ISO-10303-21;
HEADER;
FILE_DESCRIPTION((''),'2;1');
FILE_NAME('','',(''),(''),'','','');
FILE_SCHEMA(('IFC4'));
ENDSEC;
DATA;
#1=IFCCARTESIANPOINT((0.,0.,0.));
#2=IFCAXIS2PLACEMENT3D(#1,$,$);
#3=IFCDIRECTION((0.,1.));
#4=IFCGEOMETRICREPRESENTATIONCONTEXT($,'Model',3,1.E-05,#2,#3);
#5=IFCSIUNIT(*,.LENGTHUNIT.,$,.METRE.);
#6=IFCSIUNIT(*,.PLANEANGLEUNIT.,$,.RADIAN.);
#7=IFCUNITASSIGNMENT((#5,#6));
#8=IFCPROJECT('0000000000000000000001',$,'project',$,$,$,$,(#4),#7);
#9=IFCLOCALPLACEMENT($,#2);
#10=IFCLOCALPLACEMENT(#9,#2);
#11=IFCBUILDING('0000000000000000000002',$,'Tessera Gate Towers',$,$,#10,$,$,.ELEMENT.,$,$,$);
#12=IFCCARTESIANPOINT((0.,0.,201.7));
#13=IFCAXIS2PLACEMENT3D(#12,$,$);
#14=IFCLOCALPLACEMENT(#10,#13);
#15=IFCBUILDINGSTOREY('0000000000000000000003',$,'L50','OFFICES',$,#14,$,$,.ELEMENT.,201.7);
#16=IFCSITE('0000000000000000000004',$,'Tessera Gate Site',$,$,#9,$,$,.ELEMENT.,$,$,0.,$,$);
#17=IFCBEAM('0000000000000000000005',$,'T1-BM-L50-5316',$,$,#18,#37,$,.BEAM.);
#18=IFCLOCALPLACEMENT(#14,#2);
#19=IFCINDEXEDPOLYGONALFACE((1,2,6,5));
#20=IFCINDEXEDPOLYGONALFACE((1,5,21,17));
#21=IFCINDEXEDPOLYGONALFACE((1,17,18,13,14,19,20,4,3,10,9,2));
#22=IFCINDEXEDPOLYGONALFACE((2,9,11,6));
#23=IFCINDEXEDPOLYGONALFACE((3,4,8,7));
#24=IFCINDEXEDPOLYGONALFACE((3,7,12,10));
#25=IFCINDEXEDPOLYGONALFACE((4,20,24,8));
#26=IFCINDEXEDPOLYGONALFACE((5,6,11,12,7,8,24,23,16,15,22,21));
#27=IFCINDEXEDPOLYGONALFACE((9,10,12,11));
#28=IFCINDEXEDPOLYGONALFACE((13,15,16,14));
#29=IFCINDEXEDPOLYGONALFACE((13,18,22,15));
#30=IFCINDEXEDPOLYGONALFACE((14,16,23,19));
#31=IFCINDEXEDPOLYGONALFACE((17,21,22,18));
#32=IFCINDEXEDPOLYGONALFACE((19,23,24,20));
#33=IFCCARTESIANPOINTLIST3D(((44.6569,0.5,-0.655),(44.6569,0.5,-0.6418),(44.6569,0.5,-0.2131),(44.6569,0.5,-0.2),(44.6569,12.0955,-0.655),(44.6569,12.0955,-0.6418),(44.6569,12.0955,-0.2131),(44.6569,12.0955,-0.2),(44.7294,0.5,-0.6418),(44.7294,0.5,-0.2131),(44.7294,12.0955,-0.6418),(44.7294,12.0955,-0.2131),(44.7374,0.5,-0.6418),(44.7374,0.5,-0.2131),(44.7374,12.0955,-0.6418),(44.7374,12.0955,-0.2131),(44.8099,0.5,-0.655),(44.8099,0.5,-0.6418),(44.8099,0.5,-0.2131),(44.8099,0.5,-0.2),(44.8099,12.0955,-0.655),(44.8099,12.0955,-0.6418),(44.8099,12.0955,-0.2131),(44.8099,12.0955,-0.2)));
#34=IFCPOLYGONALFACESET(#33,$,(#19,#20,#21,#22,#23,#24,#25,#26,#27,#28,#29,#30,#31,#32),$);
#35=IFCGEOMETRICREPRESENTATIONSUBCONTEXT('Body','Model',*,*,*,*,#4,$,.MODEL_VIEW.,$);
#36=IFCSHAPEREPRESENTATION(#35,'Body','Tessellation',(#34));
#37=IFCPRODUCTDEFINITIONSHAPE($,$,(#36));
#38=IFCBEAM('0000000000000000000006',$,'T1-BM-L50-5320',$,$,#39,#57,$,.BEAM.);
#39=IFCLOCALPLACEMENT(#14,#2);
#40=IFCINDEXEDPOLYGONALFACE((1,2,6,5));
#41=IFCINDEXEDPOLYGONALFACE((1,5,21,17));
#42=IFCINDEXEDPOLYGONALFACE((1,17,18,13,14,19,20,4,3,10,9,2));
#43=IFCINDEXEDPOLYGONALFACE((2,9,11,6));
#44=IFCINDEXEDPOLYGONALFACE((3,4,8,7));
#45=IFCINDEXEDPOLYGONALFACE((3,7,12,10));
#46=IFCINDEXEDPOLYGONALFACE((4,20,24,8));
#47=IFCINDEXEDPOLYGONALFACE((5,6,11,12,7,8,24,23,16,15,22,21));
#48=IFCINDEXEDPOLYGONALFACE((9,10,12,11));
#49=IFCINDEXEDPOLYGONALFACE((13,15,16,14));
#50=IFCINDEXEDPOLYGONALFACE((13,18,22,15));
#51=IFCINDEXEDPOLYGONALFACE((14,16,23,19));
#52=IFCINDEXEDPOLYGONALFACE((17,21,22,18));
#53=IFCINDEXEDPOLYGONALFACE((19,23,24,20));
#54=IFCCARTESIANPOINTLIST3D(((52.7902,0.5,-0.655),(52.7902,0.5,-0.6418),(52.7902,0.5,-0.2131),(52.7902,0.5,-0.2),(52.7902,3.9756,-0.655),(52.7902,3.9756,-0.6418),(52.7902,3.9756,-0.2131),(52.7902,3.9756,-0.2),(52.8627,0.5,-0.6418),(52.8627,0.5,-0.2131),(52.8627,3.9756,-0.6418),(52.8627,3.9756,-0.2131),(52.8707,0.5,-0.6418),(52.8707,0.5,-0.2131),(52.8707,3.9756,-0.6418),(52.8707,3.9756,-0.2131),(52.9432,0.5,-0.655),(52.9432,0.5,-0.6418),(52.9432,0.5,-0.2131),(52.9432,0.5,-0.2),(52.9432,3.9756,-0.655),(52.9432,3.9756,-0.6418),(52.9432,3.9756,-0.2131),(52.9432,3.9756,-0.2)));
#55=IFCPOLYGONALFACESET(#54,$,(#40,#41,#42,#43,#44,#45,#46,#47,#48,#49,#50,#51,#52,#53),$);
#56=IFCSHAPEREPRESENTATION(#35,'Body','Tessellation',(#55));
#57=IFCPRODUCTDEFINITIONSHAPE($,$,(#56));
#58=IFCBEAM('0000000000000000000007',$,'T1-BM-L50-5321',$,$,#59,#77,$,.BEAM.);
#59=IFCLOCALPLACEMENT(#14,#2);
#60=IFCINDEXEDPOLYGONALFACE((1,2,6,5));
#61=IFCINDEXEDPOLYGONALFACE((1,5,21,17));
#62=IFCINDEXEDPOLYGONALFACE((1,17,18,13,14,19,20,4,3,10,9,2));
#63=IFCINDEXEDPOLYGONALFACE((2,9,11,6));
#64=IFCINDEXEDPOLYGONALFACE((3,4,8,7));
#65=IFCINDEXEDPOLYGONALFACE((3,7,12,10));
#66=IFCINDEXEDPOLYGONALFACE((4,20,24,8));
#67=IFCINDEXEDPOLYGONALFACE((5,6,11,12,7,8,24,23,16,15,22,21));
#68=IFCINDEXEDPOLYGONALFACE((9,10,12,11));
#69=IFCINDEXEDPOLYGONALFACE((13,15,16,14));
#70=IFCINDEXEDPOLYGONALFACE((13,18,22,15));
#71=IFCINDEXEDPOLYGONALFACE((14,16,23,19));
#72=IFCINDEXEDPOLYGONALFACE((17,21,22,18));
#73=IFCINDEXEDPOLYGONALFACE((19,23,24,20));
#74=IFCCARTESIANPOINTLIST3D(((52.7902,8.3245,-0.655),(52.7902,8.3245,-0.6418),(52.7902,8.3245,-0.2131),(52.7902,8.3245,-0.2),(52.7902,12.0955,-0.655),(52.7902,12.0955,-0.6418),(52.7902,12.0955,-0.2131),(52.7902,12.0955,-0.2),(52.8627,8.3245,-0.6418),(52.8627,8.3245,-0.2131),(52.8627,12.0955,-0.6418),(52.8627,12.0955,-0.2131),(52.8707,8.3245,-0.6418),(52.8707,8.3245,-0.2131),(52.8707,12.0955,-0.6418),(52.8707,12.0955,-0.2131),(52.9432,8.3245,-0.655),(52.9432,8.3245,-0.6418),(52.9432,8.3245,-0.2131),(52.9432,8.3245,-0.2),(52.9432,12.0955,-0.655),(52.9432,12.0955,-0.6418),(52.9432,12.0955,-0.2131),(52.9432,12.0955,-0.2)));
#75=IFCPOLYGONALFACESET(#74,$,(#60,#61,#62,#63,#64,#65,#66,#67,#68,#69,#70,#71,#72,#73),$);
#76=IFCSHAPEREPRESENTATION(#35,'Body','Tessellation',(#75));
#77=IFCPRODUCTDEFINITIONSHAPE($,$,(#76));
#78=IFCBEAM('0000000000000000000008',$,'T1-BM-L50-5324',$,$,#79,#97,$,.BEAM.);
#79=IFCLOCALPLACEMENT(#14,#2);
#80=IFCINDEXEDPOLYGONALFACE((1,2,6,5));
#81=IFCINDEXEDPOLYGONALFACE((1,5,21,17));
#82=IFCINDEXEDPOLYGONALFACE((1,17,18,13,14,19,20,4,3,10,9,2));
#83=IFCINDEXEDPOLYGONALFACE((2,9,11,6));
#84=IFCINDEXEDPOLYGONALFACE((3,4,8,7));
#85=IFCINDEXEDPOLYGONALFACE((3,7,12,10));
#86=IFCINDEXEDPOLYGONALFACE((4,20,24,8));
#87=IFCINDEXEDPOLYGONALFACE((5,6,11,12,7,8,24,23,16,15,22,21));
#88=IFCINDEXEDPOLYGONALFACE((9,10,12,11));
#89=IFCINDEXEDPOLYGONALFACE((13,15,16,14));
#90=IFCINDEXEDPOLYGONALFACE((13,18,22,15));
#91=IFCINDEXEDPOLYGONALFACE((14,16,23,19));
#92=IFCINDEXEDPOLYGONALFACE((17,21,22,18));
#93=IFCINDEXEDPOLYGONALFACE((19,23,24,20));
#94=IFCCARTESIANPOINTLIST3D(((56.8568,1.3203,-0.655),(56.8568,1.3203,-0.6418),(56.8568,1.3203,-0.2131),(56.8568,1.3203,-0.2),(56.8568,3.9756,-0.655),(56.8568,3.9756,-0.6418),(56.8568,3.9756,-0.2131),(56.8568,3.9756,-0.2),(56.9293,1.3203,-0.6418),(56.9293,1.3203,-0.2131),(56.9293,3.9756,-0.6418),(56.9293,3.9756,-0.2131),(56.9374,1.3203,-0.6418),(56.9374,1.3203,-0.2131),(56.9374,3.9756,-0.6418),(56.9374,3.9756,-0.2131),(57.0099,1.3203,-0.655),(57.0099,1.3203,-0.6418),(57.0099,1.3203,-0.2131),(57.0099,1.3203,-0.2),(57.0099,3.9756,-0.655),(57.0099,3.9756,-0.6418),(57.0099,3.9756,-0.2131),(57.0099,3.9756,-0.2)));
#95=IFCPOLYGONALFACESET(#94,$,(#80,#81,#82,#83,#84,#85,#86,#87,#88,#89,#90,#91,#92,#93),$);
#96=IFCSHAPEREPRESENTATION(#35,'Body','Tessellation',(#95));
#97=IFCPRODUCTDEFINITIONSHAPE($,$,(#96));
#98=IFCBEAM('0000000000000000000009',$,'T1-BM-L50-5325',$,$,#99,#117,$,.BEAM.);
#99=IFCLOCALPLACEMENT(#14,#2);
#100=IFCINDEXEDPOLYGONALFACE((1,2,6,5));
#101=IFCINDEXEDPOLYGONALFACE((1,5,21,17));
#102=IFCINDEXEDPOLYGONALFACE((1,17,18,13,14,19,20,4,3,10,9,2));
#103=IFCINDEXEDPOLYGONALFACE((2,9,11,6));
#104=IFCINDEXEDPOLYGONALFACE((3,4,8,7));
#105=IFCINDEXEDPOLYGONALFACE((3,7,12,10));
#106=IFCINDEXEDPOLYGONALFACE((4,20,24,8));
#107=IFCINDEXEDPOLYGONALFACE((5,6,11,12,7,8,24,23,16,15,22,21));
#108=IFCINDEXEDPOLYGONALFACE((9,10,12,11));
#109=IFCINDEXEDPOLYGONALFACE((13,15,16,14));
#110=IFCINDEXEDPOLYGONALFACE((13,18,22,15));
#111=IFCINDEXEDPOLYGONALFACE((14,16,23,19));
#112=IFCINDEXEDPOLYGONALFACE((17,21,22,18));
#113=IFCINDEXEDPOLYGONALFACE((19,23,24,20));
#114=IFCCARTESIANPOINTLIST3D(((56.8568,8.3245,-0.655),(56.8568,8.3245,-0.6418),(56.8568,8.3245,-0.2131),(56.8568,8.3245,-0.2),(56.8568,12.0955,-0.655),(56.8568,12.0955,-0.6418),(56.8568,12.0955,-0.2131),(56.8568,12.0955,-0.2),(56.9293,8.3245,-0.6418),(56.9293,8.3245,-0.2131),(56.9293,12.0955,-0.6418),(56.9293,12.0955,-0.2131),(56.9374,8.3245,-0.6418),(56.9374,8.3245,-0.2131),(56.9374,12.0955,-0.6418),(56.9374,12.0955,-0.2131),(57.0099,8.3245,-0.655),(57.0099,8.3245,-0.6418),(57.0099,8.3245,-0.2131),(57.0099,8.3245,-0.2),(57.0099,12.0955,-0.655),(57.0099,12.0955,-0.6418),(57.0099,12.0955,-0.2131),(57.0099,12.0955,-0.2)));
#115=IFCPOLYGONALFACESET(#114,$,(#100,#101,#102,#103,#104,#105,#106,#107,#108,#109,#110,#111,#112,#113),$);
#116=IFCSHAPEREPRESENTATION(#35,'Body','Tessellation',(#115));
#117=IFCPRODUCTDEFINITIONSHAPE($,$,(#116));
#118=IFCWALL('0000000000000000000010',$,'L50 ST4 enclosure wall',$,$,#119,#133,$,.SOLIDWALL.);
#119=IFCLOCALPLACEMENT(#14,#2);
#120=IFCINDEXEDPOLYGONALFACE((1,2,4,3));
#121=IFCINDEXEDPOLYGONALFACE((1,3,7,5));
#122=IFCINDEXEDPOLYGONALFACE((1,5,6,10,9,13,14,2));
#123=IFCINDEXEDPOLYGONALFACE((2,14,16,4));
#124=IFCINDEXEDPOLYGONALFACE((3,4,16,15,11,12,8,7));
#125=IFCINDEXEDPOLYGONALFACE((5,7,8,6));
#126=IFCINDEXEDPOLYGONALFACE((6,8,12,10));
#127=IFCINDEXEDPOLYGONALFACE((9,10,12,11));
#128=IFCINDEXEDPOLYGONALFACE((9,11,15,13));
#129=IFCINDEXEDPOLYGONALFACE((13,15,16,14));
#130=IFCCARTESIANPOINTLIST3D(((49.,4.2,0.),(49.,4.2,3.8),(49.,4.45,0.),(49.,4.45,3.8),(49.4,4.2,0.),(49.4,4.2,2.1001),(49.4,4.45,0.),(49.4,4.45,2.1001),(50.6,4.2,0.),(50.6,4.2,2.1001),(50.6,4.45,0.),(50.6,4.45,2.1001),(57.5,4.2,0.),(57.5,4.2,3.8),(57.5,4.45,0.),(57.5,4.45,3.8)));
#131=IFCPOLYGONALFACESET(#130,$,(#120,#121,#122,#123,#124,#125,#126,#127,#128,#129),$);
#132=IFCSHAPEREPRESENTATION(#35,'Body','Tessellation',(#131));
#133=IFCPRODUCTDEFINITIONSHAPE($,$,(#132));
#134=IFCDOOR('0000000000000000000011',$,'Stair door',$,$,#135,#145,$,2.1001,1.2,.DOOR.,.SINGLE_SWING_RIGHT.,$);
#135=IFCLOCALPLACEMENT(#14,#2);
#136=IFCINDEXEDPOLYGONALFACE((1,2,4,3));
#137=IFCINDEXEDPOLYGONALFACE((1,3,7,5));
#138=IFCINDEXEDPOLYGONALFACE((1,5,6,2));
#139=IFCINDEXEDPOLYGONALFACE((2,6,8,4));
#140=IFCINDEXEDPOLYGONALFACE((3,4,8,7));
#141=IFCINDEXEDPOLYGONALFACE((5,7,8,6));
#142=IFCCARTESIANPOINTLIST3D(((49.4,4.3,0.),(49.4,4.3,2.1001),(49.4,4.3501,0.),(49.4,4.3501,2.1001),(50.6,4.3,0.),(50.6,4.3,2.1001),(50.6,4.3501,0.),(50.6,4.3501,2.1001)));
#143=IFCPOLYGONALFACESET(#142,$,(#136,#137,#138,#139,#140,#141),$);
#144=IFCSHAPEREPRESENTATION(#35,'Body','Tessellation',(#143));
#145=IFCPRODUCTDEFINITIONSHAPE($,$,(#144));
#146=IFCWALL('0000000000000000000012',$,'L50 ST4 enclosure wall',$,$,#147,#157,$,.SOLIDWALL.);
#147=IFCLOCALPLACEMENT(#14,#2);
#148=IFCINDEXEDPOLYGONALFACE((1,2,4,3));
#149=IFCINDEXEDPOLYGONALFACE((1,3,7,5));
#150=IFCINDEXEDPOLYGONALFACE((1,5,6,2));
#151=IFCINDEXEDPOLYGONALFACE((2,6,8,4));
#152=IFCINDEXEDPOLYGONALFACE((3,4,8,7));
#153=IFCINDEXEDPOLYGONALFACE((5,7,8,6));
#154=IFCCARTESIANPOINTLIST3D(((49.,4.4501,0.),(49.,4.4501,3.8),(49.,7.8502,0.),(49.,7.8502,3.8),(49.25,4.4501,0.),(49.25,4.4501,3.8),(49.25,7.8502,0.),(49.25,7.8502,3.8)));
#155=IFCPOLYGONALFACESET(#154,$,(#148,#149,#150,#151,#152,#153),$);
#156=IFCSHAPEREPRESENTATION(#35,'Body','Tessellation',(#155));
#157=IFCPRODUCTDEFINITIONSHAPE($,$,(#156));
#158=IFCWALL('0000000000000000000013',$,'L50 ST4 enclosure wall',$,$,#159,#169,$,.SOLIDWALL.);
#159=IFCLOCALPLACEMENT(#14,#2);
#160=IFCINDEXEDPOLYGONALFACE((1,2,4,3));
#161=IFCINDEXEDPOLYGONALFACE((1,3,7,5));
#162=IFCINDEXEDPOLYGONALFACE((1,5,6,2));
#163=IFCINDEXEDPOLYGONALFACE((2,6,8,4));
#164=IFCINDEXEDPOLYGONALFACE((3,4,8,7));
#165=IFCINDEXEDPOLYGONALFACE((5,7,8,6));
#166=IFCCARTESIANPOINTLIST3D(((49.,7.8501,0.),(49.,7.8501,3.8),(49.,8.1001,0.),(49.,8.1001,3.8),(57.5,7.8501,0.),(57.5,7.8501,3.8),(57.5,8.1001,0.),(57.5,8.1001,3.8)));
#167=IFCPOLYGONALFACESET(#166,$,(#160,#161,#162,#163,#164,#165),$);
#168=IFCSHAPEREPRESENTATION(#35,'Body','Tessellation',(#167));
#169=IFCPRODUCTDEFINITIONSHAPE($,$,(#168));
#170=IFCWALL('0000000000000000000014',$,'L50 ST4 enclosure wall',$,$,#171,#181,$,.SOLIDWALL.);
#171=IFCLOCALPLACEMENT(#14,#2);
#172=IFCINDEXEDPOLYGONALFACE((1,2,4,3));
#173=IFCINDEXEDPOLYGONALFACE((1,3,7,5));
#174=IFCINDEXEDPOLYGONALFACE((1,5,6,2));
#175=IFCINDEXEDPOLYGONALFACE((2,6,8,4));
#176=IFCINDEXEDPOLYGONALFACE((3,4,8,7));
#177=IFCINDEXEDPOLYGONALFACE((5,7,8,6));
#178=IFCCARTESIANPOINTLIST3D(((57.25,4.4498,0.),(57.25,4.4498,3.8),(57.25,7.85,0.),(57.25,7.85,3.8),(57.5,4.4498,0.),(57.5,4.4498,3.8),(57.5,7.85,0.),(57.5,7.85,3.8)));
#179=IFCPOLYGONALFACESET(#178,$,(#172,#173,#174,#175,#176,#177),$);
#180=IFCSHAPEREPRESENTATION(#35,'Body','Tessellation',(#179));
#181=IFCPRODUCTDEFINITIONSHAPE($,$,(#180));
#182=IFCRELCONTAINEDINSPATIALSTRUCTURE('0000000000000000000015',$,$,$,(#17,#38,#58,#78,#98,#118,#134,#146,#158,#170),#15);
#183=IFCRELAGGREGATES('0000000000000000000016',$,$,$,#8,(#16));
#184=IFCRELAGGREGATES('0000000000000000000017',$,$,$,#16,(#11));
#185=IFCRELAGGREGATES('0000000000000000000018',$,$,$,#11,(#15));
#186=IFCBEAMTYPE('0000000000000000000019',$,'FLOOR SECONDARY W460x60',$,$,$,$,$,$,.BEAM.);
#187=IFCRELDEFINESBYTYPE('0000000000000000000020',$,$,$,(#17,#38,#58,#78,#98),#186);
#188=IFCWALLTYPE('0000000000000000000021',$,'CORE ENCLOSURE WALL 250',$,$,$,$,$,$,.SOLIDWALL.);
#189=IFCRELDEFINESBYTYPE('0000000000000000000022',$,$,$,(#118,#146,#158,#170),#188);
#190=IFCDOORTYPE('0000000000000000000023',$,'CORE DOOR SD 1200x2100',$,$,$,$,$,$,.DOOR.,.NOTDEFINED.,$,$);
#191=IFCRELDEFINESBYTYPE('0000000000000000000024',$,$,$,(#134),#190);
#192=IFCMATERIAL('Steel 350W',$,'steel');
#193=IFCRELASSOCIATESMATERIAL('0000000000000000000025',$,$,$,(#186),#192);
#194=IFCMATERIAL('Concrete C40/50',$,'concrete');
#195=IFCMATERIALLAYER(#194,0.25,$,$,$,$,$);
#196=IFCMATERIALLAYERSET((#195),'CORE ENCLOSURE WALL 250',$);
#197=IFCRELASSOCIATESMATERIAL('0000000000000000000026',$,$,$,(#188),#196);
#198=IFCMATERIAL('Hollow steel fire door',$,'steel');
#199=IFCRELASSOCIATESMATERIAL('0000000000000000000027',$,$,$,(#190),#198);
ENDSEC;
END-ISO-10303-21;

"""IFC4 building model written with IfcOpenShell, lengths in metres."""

from ifc_helpers import new_model, si_unit, direction, frame, frame_2d, origin, origin_2d, place, context, subcontext, project, spatial, rectangle, i_section, extrude, source, transform, mapped, material, layer, layer_set, material_profile, profile_set, type_object, element, fill, save


model = new_model("IFC4")

# Units and contexts
model_context = context("Model", 3, precision=1e-05, world=origin(), true_north=direction((0.0, 1.0)))
body_context = subcontext(model_context, "Body", "Model", "MODEL_VIEW")
ifc_project = project(units=[si_unit("LENGTHUNIT", "METRE"), si_unit("PLANEANGLEUNIT", "RADIAN")], contexts=[model_context])

# Site, building, storey
site_placement = place(None, origin())
site = spatial("IfcSite", under=ifc_project, at=site_placement, Name="Tessera Gate Site", CompositionType="ELEMENT", RefElevation=0.0)
building_placement = place(site_placement, origin())
building = spatial("IfcBuilding", under=site, at=building_placement, Name="Tessera Gate Towers", CompositionType="ELEMENT")
storey_placement = place(building_placement, frame((0.0, 0.0, 201.7)))
storey = spatial("IfcBuildingStorey", under=building, at=storey_placement, Name="L50", Description="OFFICES", CompositionType="ELEMENT", Elevation=201.7)

# Beams
ifc_material_1 = material(Name="Steel 350W", Category="steel")
ifc_material_profile_1 = material_profile(ifc_material_1, i_section(OverallWidth=0.1531, OverallDepth=0.4551, WebThickness=0.0081, FlangeThickness=0.0132, at=origin_2d()), Name="W460x60")
ifc_profile_set_1 = profile_set([ifc_material_profile_1], Name="Steel 350W")
beam_type_1 = type_object("IfcBeamType", Name="FLOOR SECONDARY W460x60", PredefinedType="BEAM", material=ifc_profile_set_1)
beam_1_placement = place(storey_placement, frame((44.7334, 0.5, -0.4275), z_axis=(0.0, 1.0, 0.0), x_axis=(-1.0, 0.0, 0.0)))
element("IfcBeam", 1, at=beam_1_placement, inside=storey, type_object=beam_type_1, Name="T1-BM-L50-5316", PredefinedType="BEAM", context=body_context, shape_type="SweptSolid", body=[
    extrude(i_section(OverallWidth=0.1531, OverallDepth=0.4551, WebThickness=0.0081, FlangeThickness=0.0132, at=origin_2d()), origin(), (0.0, 0.0, 1.0), 11.5955),
])
beam_2_placement = place(storey_placement, frame((52.8667, 0.5, -0.4275), z_axis=(0.0, 1.0, 0.0), x_axis=(-1.0, 0.0, 0.0)))
element("IfcBeam", 2, at=beam_2_placement, inside=storey, type_object=beam_type_1, Name="T1-BM-L50-5320", PredefinedType="BEAM", context=body_context, shape_type="SweptSolid", body=[
    extrude(i_section(OverallWidth=0.1531, OverallDepth=0.4551, WebThickness=0.0081, FlangeThickness=0.0132, at=origin_2d()), origin(), (0.0, 0.0, 1.0), 3.4756),
])
beam_3_placement = place(storey_placement, frame((52.8667, 8.3245, -0.4275), z_axis=(0.0, 1.0, 0.0), x_axis=(-1.0, 0.0, 0.0)))
element("IfcBeam", 3, at=beam_3_placement, inside=storey, type_object=beam_type_1, Name="T1-BM-L50-5321", PredefinedType="BEAM", context=body_context, shape_type="SweptSolid", body=[
    extrude(i_section(OverallWidth=0.1531, OverallDepth=0.4551, WebThickness=0.0081, FlangeThickness=0.0132, at=origin_2d()), origin(), (0.0, 0.0, 1.0), 3.771),
])
beam_4_placement = place(storey_placement, frame((56.9333, 1.3203, -0.4275), z_axis=(0.0, 1.0, 0.0), x_axis=(-1.0, 0.0, 0.0)))
element("IfcBeam", 4, at=beam_4_placement, inside=storey, type_object=beam_type_1, Name="T1-BM-L50-5324", PredefinedType="BEAM", context=body_context, shape_type="SweptSolid", body=[
    extrude(i_section(OverallWidth=0.1531, OverallDepth=0.4551, WebThickness=0.0081, FlangeThickness=0.0132, at=origin_2d()), origin(), (0.0, 0.0, 1.0), 2.6553),
])
beam_5_placement = place(storey_placement, frame((56.9333, 8.3245, -0.4275), z_axis=(0.0, 1.0, 0.0), x_axis=(-1.0, 0.0, 0.0)))
element("IfcBeam", 5, at=beam_5_placement, inside=storey, type_object=beam_type_1, Name="T1-BM-L50-5325", PredefinedType="BEAM", context=body_context, shape_type="SweptSolid", body=[
    extrude(i_section(OverallWidth=0.1531, OverallDepth=0.4551, WebThickness=0.0081, FlangeThickness=0.0132, at=origin_2d()), origin(), (0.0, 0.0, 1.0), 3.771),
])

# Wall, opening, door
ifc_material_2 = material(Name="Concrete C40/50", Category="concrete")
ifc_layer_1 = layer(ifc_material_2, 0.25)
ifc_layer_set_1 = layer_set([ifc_layer_1], Name="CORE ENCLOSURE WALL 250")
wall_type_1 = type_object("IfcWallType", Name="CORE ENCLOSURE WALL 250", PredefinedType="SOLIDWALL", material=ifc_layer_set_1)
wall_1_placement = place(storey_placement, frame((57.5, 4.325, 0.0), z_axis=(0.0, 0.0, 1.0), x_axis=(-1.0, 0.0, 0.0)))
wall_1 = element("IfcWall", 6, at=wall_1_placement, inside=storey, type_object=wall_type_1, Name="L50 ST4 enclosure wall", PredefinedType="SOLIDWALL", context=body_context, shape_type="SweptSolid", body=[
    extrude(rectangle(XDim=8.5, YDim=0.25, at=frame_2d((4.25, 0.0))), origin(), (0.0, 0.0, 1.0), 3.8),
])
shared_shape_1 = source(origin(), body_context, "Body", "SweptSolid", [
    extrude(rectangle(XDim=1.2, YDim=2.1001, at=frame_2d((0.6001, 1.05))), frame((0.0, 0.135, 0.0), z_axis=(0.0, -1.0, 0.0), x_axis=(1.0, 0.0, 0.0)), (0.0, 0.0, 1.0), 0.27),
])
opening_1_placement = place(wall_1_placement, frame((6.8999, 0.0, 0.0)))
opening_1 = element("IfcOpeningElement", 7, at=opening_1_placement, cuts=wall_1, PredefinedType="OPENING", context=body_context, shape_type="MappedRepresentation", body=[
    mapped(shared_shape_1, transform((0.0, 0.0, 0.0), scale=1.0)),
])
ifc_material_3 = material(Name="Hollow steel fire door", Category="steel")
door_type_1 = type_object("IfcDoorType", Name="CORE DOOR SD 1200x2100", OperationType="NOTDEFINED", PredefinedType="DOOR", material=ifc_material_3)
shared_shape_2 = source(origin(), body_context, "Body", "SweptSolid", [
    extrude(rectangle(XDim=1.2, YDim=2.1001, at=frame_2d((0.6001, 1.05))), frame((0.0, 0.0249, 0.0), z_axis=(0.0, -1.0, 0.0), x_axis=(1.0, 0.0, 0.0)), (0.0, 0.0, 1.0), 0.05),
])
door_1_placement = place(opening_1_placement, origin())
door_1 = element("IfcDoor", 8, at=door_1_placement, inside=storey, type_object=door_type_1, Name="Stair door", OperationType="SINGLE_SWING_RIGHT", OverallHeight=2.1001, OverallWidth=1.2, PredefinedType="DOOR", context=body_context, shape_type="MappedRepresentation", body=[
    mapped(shared_shape_2, transform((0.0, 0.0, 0.0), scale=1.0)),
])
fill(opening_1, door_1)

# Walls
wall_2_placement = place(storey_placement, frame((49.125, 4.45, 0.0), z_axis=(0.0, 0.0, 1.0), x_axis=(0.0, 1.0, 0.0)))
element("IfcWall", 9, at=wall_2_placement, inside=storey, type_object=wall_type_1, Name="L50 ST4 enclosure wall", PredefinedType="SOLIDWALL", context=body_context, shape_type="SweptSolid", body=[
    extrude(rectangle(XDim=3.4001, YDim=0.25, at=frame_2d((1.7002, 0.0))), origin(), (0.0, 0.0, 1.0), 3.8),
])
wall_3_placement = place(storey_placement, frame((49.0, 7.9751, 0.0), z_axis=(0.0, 0.0, 1.0), x_axis=(1.0, 0.0, 0.0)))
element("IfcWall", 10, at=wall_3_placement, inside=storey, type_object=wall_type_1, Name="L50 ST4 enclosure wall", PredefinedType="SOLIDWALL", context=body_context, shape_type="SweptSolid", body=[
    extrude(rectangle(XDim=8.5, YDim=0.25, at=frame_2d((4.25, 0.0))), origin(), (0.0, 0.0, 1.0), 3.8),
])
wall_4_placement = place(storey_placement, frame((57.375, 7.8501, 0.0), z_axis=(0.0, 0.0, 1.0), x_axis=(0.0, -1.0, 0.0)))
element("IfcWall", 11, at=wall_4_placement, inside=storey, type_object=wall_type_1, Name="L50 ST4 enclosure wall", PredefinedType="SOLIDWALL", context=body_context, shape_type="SweptSolid", body=[
    extrude(rectangle(XDim=3.4001, YDim=0.25, at=frame_2d((1.7002, 0.0))), origin(), (0.0, 0.0, 1.0), 3.8),
])

save(model, "model.ifc")
